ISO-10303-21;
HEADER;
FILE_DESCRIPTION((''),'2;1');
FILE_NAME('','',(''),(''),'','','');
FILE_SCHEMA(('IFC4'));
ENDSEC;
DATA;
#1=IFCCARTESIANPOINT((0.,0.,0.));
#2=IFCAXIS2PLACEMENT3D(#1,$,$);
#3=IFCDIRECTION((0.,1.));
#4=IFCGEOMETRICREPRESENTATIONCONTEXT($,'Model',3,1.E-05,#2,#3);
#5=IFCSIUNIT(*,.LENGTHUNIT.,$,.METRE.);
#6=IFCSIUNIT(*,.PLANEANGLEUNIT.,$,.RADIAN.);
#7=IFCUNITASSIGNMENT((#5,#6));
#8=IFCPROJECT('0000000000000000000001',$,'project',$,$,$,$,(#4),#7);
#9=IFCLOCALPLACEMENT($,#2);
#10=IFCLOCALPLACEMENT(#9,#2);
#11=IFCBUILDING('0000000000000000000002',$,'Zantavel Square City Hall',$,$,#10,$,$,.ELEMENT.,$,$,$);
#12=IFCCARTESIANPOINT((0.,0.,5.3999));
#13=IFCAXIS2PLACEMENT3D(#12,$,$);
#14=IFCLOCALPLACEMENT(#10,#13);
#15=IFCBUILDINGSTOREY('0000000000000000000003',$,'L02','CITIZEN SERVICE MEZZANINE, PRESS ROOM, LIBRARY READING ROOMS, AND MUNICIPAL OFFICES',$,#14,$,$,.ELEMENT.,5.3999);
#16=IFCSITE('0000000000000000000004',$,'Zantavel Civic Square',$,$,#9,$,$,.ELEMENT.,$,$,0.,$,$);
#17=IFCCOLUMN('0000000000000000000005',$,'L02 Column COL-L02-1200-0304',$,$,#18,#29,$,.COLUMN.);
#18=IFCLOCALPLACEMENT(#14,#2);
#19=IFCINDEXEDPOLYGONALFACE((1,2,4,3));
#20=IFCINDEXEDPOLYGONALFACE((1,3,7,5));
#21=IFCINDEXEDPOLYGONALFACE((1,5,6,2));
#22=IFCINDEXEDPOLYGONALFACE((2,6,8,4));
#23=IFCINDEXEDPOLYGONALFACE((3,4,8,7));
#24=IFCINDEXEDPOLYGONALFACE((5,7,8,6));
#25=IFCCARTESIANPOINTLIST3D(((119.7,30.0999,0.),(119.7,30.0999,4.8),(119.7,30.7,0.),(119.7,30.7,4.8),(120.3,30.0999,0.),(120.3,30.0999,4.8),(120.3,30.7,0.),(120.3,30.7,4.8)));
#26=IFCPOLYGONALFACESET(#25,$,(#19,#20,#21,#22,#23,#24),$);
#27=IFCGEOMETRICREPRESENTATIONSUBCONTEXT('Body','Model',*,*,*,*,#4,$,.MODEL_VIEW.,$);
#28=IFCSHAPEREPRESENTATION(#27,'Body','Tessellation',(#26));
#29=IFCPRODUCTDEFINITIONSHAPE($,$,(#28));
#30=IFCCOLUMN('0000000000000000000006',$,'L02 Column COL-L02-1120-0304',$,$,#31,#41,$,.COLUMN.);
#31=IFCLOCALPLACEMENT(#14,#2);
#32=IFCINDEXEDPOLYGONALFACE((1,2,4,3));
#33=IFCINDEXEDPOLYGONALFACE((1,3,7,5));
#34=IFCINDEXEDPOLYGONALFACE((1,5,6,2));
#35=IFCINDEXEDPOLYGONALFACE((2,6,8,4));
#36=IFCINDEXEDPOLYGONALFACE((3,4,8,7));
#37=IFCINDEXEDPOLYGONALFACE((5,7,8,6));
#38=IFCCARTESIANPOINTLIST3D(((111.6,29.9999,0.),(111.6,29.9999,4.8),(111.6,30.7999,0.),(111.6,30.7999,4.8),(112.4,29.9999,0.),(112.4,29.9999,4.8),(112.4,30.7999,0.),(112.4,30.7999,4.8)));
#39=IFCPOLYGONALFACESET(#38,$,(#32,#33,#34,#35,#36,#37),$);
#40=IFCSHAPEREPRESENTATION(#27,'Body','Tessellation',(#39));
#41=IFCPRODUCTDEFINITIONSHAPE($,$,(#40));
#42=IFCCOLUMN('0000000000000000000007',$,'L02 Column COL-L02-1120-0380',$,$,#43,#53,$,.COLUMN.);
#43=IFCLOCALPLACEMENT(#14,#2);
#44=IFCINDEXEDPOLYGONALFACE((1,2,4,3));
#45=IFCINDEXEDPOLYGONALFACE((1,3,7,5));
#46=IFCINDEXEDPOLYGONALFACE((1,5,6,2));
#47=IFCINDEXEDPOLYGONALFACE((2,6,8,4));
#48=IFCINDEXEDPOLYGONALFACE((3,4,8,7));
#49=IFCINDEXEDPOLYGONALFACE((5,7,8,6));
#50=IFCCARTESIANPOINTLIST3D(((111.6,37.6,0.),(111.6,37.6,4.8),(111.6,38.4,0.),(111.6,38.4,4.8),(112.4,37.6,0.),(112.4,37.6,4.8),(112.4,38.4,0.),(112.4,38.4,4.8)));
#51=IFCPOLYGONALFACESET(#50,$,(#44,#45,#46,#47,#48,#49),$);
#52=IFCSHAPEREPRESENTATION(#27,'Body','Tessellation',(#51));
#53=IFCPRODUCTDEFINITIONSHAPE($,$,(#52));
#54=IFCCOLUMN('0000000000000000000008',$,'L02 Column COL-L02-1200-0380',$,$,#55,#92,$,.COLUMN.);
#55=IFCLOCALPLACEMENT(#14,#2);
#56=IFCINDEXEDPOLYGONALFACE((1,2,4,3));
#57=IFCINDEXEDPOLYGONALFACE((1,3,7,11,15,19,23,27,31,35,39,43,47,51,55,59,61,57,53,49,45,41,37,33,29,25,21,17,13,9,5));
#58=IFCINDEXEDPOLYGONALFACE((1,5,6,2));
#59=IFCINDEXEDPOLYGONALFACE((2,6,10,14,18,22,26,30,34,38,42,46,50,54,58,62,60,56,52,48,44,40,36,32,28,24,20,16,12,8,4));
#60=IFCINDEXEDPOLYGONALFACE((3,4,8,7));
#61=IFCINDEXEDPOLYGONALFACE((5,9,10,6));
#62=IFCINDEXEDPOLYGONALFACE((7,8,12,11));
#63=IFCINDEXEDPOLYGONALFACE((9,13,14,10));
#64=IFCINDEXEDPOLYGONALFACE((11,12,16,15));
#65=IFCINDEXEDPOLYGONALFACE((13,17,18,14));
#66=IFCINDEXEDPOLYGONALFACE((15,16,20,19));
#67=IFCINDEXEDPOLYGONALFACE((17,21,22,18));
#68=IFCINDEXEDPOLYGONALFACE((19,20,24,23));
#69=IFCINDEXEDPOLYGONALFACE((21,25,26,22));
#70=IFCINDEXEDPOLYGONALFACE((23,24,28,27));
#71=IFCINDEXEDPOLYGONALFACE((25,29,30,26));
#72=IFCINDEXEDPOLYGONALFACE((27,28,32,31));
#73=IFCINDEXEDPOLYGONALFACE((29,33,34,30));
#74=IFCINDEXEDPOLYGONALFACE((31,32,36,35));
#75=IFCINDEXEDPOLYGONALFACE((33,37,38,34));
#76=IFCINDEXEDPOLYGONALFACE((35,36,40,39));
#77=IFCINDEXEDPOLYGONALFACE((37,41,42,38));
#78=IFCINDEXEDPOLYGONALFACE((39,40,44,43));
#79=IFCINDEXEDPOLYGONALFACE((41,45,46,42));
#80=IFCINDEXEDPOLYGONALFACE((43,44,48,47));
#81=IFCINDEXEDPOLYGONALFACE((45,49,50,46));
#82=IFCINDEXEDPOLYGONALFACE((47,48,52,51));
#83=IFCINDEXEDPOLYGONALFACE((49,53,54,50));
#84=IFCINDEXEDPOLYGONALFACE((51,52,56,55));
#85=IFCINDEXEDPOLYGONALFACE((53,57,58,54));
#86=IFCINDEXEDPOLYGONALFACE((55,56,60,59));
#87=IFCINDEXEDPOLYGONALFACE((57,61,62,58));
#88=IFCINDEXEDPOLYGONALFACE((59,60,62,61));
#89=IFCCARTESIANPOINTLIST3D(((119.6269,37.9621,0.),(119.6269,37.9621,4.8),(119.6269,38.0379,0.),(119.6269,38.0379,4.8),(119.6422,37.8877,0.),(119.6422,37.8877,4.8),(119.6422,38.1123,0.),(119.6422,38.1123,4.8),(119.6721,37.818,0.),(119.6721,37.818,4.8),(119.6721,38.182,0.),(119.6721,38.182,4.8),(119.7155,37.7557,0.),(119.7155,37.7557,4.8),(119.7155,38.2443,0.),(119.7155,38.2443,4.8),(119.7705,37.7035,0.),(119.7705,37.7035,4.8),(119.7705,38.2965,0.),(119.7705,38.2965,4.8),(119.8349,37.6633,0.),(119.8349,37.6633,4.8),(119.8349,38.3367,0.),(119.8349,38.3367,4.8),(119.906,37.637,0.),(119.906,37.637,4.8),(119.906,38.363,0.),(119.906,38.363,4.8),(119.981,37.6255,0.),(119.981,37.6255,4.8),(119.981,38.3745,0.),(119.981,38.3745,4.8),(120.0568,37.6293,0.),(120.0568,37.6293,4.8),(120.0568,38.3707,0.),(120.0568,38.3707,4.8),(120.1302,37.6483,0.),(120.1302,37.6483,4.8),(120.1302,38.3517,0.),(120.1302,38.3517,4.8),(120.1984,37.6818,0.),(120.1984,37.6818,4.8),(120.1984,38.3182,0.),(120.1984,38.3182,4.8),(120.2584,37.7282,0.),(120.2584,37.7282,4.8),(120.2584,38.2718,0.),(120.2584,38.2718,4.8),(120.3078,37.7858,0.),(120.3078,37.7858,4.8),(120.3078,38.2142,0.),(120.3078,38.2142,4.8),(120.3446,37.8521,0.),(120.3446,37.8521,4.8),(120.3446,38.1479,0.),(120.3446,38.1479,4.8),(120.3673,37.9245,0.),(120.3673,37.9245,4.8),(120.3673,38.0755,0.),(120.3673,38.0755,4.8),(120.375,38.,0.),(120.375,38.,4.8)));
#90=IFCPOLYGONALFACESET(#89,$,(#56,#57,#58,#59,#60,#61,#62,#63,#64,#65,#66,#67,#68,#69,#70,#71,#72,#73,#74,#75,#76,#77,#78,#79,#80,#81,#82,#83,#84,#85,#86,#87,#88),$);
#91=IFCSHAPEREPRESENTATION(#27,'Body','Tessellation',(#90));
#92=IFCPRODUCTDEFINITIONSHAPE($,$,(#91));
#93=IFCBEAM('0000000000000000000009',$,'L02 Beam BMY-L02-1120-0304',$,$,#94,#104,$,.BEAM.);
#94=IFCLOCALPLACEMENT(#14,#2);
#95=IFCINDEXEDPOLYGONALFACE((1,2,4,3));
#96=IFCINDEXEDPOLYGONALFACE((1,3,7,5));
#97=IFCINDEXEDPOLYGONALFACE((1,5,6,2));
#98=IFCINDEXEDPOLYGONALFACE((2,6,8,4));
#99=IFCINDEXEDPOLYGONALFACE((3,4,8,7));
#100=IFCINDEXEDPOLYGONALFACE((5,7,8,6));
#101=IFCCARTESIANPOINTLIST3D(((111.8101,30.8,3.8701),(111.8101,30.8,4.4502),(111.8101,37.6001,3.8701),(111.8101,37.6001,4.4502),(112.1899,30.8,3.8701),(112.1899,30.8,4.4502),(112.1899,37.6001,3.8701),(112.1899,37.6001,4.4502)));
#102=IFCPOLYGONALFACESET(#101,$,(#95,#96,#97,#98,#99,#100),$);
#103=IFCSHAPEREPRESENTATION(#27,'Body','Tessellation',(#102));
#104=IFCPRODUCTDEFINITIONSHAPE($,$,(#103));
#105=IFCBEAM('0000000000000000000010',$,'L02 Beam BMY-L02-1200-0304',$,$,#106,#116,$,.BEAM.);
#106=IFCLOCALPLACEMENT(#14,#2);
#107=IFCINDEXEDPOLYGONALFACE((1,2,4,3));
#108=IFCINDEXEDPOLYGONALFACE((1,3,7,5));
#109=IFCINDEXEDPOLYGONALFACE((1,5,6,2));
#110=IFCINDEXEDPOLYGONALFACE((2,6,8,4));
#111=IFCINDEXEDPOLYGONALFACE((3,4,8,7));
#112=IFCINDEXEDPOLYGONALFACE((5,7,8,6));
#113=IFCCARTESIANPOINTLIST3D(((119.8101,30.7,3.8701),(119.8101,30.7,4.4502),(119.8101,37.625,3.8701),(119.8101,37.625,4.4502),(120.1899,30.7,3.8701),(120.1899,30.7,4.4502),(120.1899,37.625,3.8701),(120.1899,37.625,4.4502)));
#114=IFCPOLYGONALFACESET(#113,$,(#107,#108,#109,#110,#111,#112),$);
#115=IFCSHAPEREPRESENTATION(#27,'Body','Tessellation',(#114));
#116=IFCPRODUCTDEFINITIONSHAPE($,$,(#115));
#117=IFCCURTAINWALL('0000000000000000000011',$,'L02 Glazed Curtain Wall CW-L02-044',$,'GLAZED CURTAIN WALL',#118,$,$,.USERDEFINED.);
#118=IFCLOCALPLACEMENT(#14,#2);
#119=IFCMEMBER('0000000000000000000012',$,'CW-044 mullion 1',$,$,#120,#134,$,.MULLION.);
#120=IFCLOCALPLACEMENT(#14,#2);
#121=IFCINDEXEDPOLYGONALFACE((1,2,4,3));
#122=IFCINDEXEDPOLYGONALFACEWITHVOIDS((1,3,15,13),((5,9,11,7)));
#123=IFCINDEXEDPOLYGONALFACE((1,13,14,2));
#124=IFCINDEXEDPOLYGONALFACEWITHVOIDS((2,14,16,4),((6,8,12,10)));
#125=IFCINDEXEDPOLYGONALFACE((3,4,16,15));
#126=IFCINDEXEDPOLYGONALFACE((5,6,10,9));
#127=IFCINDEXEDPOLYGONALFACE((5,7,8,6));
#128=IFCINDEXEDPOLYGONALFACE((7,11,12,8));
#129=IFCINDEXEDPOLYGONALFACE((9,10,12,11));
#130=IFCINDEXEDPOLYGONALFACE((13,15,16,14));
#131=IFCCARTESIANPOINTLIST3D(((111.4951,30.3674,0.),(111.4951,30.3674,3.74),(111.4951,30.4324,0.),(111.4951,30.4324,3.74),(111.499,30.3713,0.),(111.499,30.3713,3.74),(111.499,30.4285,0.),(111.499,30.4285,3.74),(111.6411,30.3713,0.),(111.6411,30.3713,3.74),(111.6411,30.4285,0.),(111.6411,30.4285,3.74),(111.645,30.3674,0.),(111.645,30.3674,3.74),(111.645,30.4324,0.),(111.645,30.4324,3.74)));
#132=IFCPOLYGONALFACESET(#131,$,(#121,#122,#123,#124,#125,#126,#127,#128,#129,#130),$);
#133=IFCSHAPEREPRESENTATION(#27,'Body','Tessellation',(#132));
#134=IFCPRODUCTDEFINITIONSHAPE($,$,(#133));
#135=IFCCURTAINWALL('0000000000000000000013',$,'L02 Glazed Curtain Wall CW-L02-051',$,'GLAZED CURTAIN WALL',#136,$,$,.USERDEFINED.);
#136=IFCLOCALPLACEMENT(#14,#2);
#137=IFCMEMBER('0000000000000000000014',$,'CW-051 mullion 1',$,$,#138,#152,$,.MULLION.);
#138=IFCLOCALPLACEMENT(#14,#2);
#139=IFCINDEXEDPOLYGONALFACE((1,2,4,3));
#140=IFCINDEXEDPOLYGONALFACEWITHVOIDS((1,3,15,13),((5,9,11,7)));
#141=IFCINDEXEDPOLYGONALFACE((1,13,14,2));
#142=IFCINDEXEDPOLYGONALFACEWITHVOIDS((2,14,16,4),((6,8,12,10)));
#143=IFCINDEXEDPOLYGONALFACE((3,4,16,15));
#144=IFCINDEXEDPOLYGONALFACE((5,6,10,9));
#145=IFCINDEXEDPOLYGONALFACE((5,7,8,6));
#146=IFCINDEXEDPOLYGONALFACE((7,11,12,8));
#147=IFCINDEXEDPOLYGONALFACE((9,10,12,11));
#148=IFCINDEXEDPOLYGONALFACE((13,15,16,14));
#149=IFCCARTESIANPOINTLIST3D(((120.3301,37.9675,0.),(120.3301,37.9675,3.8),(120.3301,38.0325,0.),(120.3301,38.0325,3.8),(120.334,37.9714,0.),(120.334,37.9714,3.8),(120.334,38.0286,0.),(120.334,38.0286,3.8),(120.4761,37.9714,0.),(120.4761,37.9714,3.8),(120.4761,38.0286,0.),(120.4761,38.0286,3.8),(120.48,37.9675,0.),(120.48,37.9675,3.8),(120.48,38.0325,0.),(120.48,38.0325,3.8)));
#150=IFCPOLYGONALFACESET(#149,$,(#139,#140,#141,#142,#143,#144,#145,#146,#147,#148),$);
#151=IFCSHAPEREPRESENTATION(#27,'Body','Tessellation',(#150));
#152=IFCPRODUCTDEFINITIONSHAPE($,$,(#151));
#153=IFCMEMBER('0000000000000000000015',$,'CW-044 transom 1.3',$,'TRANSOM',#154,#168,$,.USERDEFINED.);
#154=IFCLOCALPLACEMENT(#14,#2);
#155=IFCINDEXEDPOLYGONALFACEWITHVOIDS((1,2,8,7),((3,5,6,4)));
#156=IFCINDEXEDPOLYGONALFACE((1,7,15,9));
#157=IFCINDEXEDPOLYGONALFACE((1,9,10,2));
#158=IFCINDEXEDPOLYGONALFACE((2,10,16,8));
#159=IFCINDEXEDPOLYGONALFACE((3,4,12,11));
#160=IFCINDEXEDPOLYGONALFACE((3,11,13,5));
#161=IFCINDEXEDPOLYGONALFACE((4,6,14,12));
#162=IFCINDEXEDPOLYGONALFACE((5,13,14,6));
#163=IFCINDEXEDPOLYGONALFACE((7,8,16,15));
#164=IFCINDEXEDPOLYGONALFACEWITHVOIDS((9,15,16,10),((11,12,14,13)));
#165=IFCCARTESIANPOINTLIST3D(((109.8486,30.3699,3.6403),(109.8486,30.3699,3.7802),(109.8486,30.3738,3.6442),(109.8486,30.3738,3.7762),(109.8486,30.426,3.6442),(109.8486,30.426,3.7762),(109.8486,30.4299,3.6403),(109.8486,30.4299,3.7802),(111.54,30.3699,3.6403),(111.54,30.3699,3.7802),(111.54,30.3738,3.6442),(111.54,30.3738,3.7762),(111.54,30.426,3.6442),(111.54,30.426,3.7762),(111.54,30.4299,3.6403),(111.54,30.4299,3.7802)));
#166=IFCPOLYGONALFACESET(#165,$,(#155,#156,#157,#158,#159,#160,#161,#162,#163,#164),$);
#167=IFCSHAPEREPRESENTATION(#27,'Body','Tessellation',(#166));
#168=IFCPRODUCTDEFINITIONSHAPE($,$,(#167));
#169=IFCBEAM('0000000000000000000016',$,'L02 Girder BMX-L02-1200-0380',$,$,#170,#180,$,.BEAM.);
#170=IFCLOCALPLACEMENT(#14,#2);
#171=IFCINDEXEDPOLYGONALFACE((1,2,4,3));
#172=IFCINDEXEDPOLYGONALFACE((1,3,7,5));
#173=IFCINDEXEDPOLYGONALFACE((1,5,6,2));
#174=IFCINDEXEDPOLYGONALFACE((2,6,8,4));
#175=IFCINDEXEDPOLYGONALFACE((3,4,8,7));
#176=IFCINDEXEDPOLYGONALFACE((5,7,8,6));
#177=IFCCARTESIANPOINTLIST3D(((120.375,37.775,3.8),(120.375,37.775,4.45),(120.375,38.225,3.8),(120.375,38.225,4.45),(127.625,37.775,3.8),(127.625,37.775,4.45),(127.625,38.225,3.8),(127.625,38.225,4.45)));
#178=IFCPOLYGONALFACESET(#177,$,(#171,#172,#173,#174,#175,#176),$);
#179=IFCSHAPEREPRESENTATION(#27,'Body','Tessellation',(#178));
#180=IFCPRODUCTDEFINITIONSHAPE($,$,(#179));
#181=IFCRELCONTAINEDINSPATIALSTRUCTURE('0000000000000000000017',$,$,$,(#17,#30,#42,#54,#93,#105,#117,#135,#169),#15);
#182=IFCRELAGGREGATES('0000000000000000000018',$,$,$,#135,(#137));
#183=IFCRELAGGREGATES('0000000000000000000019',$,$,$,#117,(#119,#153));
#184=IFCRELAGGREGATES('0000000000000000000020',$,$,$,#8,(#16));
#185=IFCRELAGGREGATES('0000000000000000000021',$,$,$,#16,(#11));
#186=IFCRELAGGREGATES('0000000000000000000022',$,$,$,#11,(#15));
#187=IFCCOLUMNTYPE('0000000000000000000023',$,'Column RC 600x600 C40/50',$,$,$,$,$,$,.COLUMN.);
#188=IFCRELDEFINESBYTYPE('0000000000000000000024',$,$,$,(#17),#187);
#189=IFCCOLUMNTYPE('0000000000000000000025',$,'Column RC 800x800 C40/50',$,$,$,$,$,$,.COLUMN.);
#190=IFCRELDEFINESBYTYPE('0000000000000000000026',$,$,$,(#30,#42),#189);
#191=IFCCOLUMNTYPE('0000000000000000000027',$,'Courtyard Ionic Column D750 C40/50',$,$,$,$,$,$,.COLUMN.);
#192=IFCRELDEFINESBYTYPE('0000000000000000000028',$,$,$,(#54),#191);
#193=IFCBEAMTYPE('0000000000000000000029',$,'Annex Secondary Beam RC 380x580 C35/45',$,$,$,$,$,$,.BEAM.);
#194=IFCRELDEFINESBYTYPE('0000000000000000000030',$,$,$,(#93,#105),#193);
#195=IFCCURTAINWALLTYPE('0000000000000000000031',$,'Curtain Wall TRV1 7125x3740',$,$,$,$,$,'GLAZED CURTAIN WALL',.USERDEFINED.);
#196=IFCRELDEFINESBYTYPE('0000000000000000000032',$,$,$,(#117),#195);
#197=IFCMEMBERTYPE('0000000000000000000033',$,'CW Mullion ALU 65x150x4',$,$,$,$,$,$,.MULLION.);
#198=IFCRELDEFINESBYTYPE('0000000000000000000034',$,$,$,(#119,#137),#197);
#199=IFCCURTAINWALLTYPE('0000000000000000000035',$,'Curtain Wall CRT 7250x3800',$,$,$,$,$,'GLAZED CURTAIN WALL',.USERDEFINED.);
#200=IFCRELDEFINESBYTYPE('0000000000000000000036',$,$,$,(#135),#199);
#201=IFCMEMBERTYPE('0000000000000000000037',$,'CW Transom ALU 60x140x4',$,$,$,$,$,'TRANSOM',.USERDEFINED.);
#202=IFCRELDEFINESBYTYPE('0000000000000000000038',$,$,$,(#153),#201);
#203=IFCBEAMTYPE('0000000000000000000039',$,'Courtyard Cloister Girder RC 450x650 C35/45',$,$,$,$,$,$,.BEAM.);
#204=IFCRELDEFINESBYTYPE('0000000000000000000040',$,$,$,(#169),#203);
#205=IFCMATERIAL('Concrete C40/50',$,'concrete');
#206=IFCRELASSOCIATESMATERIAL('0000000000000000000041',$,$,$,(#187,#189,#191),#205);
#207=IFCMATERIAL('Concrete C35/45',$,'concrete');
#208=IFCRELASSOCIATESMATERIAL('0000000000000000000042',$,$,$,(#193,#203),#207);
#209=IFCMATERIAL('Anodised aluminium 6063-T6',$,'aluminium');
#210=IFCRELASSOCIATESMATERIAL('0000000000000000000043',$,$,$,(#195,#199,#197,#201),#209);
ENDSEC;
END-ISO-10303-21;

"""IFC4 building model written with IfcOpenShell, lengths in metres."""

from ifc_helpers import new_model, si_unit, direction, frame, origin, origin_2d, place, context, subcontext, project, spatial, rectangle, hollow_rectangle, circle, extrude, material, material_profile, profile_set, type_object, element, aggregate, save


model = new_model("IFC4")

# Units and contexts
model_context = context("Model", 3, precision=1e-05, world=origin(), true_north=direction((0.0, 1.0)))
body_context = subcontext(model_context, "Body", "Model", "MODEL_VIEW")
ifc_project = project(units=[si_unit("LENGTHUNIT", "METRE"), si_unit("PLANEANGLEUNIT", "RADIAN")], contexts=[model_context])

# Site, building, storey
site_placement = place(None, origin())
site = spatial("IfcSite", under=ifc_project, at=site_placement, Name="Zantavel Civic Square", CompositionType="ELEMENT", RefElevation=0.0)
building_placement = place(site_placement, origin())
building = spatial("IfcBuilding", under=site, at=building_placement, Name="Zantavel Square City Hall", CompositionType="ELEMENT")
storey_placement = place(building_placement, frame((0.0, 0.0, 5.3999)))
storey = spatial("IfcBuildingStorey", under=building, at=storey_placement, Name="L02", Description="CITIZEN SERVICE MEZZANINE, PRESS ROOM, LIBRARY READING ROOMS, AND MUNICIPAL OFFICES", CompositionType="ELEMENT", Elevation=5.3999)

# Columns
ifc_material_1 = material(Name="Concrete C40/50", Category="concrete")
ifc_material_profile_1 = material_profile(ifc_material_1, rectangle(XDim=0.6001, YDim=0.6001, at=origin_2d()), Name="RC 600x600")
ifc_profile_set_1 = profile_set([ifc_material_profile_1], Name="Concrete C40/50")
column_type_1 = type_object("IfcColumnType", Name="Column RC 600x600 C40/50", PredefinedType="COLUMN", material=ifc_profile_set_1)
column_1_placement = place(storey_placement, frame((120.0, 30.3999, 0.0), z_axis=(0.0, 0.0, 1.0), x_axis=(1.0, 0.0, 0.0)))
element("IfcColumn", 1, at=column_1_placement, inside=storey, type_object=column_type_1, Name="L02 Column COL-L02-1200-0304", PredefinedType="COLUMN", context=body_context, shape_type="SweptSolid", body=[
    extrude(rectangle(XDim=0.6001, YDim=0.6001, at=origin_2d()), origin(), (0.0, 0.0, 1.0), 4.8),
])
ifc_material_profile_2 = material_profile(ifc_material_1, rectangle(XDim=0.8, YDim=0.8, at=origin_2d()), Name="RC 800x800")
ifc_profile_set_2 = profile_set([ifc_material_profile_2], Name="Concrete C40/50")
column_type_2 = type_object("IfcColumnType", Name="Column RC 800x800 C40/50", PredefinedType="COLUMN", material=ifc_profile_set_2)
for number, where, z_axis, x_axis, name in (
    (2, (112.0, 30.3999, 0.0), (0.0, 0.0, 1.0), (1.0, 0.0, 0.0), "L02 Column COL-L02-1120-0304"),
    (3, (112.0, 38.0, 0.0), (0.0, 0.0, 1.0), (1.0, 0.0, 0.0), "L02 Column COL-L02-1120-0380"),
):
    element("IfcColumn", number, at=place(storey_placement, frame(where, z_axis=z_axis, x_axis=x_axis)), inside=storey, type_object=column_type_2, Name=name, PredefinedType="COLUMN", context=body_context, shape_type="SweptSolid", body=[
        extrude(rectangle(XDim=0.8, YDim=0.8, at=origin_2d()), origin(), (0.0, 0.0, 1.0), 4.8),
    ])
ifc_material_profile_3 = material_profile(ifc_material_1, circle(Radius=0.375, at=origin_2d()), Name="ROUND D750")
ifc_profile_set_3 = profile_set([ifc_material_profile_3], Name="Concrete C40/50")
column_type_3 = type_object("IfcColumnType", Name="Courtyard Ionic Column D750 C40/50", PredefinedType="COLUMN", material=ifc_profile_set_3)
column_2_placement = place(storey_placement, frame((120.0, 38.0, 0.0), z_axis=(0.0, 0.0, 1.0), x_axis=(1.0, 0.0, 0.0)))
element("IfcColumn", 4, at=column_2_placement, inside=storey, type_object=column_type_3, Name="L02 Column COL-L02-1200-0380", PredefinedType="COLUMN", context=body_context, shape_type="SweptSolid", body=[
    extrude(circle(Radius=0.375, at=origin_2d()), origin(), (0.0, 0.0, 1.0), 4.8),
])

# Beams
ifc_material_2 = material(Name="Concrete C35/45", Category="concrete")
ifc_material_profile_4 = material_profile(ifc_material_2, rectangle(XDim=0.3799, YDim=0.5801, at=origin_2d()), Name="RC 380x580")
ifc_profile_set_4 = profile_set([ifc_material_profile_4], Name="Concrete C35/45")
beam_type_1 = type_object("IfcBeamType", Name="Annex Secondary Beam RC 380x580 C35/45", PredefinedType="BEAM", material=ifc_profile_set_4)
beam_1_placement = place(storey_placement, frame((112.0, 30.8, 4.1602), z_axis=(0.0, 1.0, 0.0), x_axis=(-1.0, 0.0, 0.0)))
element("IfcBeam", 5, at=beam_1_placement, inside=storey, type_object=beam_type_1, Name="L02 Beam BMY-L02-1120-0304", PredefinedType="BEAM", context=body_context, shape_type="SweptSolid", body=[
    extrude(rectangle(XDim=0.3799, YDim=0.5801, at=origin_2d()), origin(), (0.0, 0.0, 1.0), 6.8),
])
beam_2_placement = place(storey_placement, frame((120.0, 30.7, 4.1602), z_axis=(0.0, 1.0, 0.0), x_axis=(-1.0, 0.0, 0.0)))
element("IfcBeam", 6, at=beam_2_placement, inside=storey, type_object=beam_type_1, Name="L02 Beam BMY-L02-1200-0304", PredefinedType="BEAM", context=body_context, shape_type="SweptSolid", body=[
    extrude(rectangle(XDim=0.3799, YDim=0.5801, at=origin_2d()), origin(), (0.0, 0.0, 1.0), 6.925),
])

# Curtain walls, members
ifc_material_3 = material(Name="Anodised aluminium 6063-T6", Category="aluminium")
curtain_wall_type_1 = type_object("IfcCurtainWallType", Name="Curtain Wall TRV1 7125x3740", ElementType="GLAZED CURTAIN WALL", PredefinedType="USERDEFINED", material=ifc_material_3)
curtain_wall_1_placement = place(storey_placement, origin())
curtain_wall_1 = element("IfcCurtainWall", 7, at=curtain_wall_1_placement, inside=storey, type_object=curtain_wall_type_1, Name="L02 Glazed Curtain Wall CW-L02-044", ObjectType="GLAZED CURTAIN WALL", PredefinedType="USERDEFINED")
ifc_material_profile_5 = material_profile(ifc_material_3, hollow_rectangle(XDim=0.0649, YDim=0.1499, WallThickness=0.0039, at=origin_2d()), Name="ALU 65x150x4")
ifc_profile_set_5 = profile_set([ifc_material_profile_5], Name="Anodised aluminium 6063-T6")
member_type_1 = type_object("IfcMemberType", Name="CW Mullion ALU 65x150x4", PredefinedType="MULLION", material=ifc_profile_set_5)
member_1_placement = place(storey_placement, frame((111.5701, 30.3999, 0.0), z_axis=(0.0, 0.0, 1.0), x_axis=(0.0, -1.0, 0.0)))
member_1 = element("IfcMember", 8, at=member_1_placement, type_object=member_type_1, Name="CW-044 mullion 1", PredefinedType="MULLION", context=body_context, shape_type="SweptSolid", body=[
    extrude(hollow_rectangle(XDim=0.0649, YDim=0.1499, WallThickness=0.0039, at=origin_2d()), origin(), (0.0, 0.0, 1.0), 3.74),
])
curtain_wall_type_2 = type_object("IfcCurtainWallType", Name="Curtain Wall CRT 7250x3800", ElementType="GLAZED CURTAIN WALL", PredefinedType="USERDEFINED", material=ifc_material_3)
curtain_wall_2_placement = place(storey_placement, origin())
curtain_wall_2 = element("IfcCurtainWall", 9, at=curtain_wall_2_placement, inside=storey, type_object=curtain_wall_type_2, Name="L02 Glazed Curtain Wall CW-L02-051", ObjectType="GLAZED CURTAIN WALL", PredefinedType="USERDEFINED")
member_2_placement = place(storey_placement, frame((120.405, 38.0, 0.0), z_axis=(0.0, 0.0, 1.0), x_axis=(0.0, 1.0, 0.0)))
member_2 = element("IfcMember", 10, at=member_2_placement, type_object=member_type_1, Name="CW-051 mullion 1", PredefinedType="MULLION", context=body_context, shape_type="SweptSolid", body=[
    extrude(hollow_rectangle(XDim=0.0649, YDim=0.1499, WallThickness=0.0039, at=origin_2d()), origin(), (0.0, 0.0, 1.0), 3.8),
])
aggregate(curtain_wall_2, [member_2])

# Member
ifc_material_profile_6 = material_profile(ifc_material_3, hollow_rectangle(XDim=0.0601, YDim=0.1399, WallThickness=0.0039, at=origin_2d()), Name="ALU 60x140x4")
ifc_profile_set_6 = profile_set([ifc_material_profile_6], Name="Anodised aluminium 6063-T6")
member_type_2 = type_object("IfcMemberType", Name="CW Transom ALU 60x140x4", ElementType="TRANSOM", PredefinedType="USERDEFINED", material=ifc_profile_set_6)
member_3_placement = place(storey_placement, frame((111.54, 30.3999, 3.7102), z_axis=(-1.0, 0.0, 0.0), x_axis=(0.0, -1.0, 0.0)))
member_3 = element("IfcMember", 11, at=member_3_placement, type_object=member_type_2, Name="CW-044 transom 1.3", ObjectType="TRANSOM", PredefinedType="USERDEFINED", context=body_context, shape_type="SweptSolid", body=[
    extrude(hollow_rectangle(XDim=0.0601, YDim=0.1399, WallThickness=0.0039, at=origin_2d()), origin(), (0.0, 0.0, 1.0), 1.6914),
])
aggregate(curtain_wall_1, [member_1, member_3])

# Beam
ifc_material_profile_7 = material_profile(ifc_material_2, rectangle(XDim=0.45, YDim=0.6499, at=origin_2d()), Name="RC 450x650")
ifc_profile_set_7 = profile_set([ifc_material_profile_7], Name="Concrete C35/45")
beam_type_2 = type_object("IfcBeamType", Name="Courtyard Cloister Girder RC 450x650 C35/45", PredefinedType="BEAM", material=ifc_profile_set_7)
beam_3_placement = place(storey_placement, frame((120.375, 38.0, 4.125), z_axis=(1.0, 0.0, 0.0), x_axis=(0.0, 1.0, 0.0)))
element("IfcBeam", 12, at=beam_3_placement, inside=storey, type_object=beam_type_2, Name="L02 Girder BMX-L02-1200-0380", PredefinedType="BEAM", context=body_context, shape_type="SweptSolid", body=[
    extrude(rectangle(XDim=0.45, YDim=0.6499, at=origin_2d()), origin(), (0.0, 0.0, 1.0), 7.25),
])

save(model, "model.ifc")
